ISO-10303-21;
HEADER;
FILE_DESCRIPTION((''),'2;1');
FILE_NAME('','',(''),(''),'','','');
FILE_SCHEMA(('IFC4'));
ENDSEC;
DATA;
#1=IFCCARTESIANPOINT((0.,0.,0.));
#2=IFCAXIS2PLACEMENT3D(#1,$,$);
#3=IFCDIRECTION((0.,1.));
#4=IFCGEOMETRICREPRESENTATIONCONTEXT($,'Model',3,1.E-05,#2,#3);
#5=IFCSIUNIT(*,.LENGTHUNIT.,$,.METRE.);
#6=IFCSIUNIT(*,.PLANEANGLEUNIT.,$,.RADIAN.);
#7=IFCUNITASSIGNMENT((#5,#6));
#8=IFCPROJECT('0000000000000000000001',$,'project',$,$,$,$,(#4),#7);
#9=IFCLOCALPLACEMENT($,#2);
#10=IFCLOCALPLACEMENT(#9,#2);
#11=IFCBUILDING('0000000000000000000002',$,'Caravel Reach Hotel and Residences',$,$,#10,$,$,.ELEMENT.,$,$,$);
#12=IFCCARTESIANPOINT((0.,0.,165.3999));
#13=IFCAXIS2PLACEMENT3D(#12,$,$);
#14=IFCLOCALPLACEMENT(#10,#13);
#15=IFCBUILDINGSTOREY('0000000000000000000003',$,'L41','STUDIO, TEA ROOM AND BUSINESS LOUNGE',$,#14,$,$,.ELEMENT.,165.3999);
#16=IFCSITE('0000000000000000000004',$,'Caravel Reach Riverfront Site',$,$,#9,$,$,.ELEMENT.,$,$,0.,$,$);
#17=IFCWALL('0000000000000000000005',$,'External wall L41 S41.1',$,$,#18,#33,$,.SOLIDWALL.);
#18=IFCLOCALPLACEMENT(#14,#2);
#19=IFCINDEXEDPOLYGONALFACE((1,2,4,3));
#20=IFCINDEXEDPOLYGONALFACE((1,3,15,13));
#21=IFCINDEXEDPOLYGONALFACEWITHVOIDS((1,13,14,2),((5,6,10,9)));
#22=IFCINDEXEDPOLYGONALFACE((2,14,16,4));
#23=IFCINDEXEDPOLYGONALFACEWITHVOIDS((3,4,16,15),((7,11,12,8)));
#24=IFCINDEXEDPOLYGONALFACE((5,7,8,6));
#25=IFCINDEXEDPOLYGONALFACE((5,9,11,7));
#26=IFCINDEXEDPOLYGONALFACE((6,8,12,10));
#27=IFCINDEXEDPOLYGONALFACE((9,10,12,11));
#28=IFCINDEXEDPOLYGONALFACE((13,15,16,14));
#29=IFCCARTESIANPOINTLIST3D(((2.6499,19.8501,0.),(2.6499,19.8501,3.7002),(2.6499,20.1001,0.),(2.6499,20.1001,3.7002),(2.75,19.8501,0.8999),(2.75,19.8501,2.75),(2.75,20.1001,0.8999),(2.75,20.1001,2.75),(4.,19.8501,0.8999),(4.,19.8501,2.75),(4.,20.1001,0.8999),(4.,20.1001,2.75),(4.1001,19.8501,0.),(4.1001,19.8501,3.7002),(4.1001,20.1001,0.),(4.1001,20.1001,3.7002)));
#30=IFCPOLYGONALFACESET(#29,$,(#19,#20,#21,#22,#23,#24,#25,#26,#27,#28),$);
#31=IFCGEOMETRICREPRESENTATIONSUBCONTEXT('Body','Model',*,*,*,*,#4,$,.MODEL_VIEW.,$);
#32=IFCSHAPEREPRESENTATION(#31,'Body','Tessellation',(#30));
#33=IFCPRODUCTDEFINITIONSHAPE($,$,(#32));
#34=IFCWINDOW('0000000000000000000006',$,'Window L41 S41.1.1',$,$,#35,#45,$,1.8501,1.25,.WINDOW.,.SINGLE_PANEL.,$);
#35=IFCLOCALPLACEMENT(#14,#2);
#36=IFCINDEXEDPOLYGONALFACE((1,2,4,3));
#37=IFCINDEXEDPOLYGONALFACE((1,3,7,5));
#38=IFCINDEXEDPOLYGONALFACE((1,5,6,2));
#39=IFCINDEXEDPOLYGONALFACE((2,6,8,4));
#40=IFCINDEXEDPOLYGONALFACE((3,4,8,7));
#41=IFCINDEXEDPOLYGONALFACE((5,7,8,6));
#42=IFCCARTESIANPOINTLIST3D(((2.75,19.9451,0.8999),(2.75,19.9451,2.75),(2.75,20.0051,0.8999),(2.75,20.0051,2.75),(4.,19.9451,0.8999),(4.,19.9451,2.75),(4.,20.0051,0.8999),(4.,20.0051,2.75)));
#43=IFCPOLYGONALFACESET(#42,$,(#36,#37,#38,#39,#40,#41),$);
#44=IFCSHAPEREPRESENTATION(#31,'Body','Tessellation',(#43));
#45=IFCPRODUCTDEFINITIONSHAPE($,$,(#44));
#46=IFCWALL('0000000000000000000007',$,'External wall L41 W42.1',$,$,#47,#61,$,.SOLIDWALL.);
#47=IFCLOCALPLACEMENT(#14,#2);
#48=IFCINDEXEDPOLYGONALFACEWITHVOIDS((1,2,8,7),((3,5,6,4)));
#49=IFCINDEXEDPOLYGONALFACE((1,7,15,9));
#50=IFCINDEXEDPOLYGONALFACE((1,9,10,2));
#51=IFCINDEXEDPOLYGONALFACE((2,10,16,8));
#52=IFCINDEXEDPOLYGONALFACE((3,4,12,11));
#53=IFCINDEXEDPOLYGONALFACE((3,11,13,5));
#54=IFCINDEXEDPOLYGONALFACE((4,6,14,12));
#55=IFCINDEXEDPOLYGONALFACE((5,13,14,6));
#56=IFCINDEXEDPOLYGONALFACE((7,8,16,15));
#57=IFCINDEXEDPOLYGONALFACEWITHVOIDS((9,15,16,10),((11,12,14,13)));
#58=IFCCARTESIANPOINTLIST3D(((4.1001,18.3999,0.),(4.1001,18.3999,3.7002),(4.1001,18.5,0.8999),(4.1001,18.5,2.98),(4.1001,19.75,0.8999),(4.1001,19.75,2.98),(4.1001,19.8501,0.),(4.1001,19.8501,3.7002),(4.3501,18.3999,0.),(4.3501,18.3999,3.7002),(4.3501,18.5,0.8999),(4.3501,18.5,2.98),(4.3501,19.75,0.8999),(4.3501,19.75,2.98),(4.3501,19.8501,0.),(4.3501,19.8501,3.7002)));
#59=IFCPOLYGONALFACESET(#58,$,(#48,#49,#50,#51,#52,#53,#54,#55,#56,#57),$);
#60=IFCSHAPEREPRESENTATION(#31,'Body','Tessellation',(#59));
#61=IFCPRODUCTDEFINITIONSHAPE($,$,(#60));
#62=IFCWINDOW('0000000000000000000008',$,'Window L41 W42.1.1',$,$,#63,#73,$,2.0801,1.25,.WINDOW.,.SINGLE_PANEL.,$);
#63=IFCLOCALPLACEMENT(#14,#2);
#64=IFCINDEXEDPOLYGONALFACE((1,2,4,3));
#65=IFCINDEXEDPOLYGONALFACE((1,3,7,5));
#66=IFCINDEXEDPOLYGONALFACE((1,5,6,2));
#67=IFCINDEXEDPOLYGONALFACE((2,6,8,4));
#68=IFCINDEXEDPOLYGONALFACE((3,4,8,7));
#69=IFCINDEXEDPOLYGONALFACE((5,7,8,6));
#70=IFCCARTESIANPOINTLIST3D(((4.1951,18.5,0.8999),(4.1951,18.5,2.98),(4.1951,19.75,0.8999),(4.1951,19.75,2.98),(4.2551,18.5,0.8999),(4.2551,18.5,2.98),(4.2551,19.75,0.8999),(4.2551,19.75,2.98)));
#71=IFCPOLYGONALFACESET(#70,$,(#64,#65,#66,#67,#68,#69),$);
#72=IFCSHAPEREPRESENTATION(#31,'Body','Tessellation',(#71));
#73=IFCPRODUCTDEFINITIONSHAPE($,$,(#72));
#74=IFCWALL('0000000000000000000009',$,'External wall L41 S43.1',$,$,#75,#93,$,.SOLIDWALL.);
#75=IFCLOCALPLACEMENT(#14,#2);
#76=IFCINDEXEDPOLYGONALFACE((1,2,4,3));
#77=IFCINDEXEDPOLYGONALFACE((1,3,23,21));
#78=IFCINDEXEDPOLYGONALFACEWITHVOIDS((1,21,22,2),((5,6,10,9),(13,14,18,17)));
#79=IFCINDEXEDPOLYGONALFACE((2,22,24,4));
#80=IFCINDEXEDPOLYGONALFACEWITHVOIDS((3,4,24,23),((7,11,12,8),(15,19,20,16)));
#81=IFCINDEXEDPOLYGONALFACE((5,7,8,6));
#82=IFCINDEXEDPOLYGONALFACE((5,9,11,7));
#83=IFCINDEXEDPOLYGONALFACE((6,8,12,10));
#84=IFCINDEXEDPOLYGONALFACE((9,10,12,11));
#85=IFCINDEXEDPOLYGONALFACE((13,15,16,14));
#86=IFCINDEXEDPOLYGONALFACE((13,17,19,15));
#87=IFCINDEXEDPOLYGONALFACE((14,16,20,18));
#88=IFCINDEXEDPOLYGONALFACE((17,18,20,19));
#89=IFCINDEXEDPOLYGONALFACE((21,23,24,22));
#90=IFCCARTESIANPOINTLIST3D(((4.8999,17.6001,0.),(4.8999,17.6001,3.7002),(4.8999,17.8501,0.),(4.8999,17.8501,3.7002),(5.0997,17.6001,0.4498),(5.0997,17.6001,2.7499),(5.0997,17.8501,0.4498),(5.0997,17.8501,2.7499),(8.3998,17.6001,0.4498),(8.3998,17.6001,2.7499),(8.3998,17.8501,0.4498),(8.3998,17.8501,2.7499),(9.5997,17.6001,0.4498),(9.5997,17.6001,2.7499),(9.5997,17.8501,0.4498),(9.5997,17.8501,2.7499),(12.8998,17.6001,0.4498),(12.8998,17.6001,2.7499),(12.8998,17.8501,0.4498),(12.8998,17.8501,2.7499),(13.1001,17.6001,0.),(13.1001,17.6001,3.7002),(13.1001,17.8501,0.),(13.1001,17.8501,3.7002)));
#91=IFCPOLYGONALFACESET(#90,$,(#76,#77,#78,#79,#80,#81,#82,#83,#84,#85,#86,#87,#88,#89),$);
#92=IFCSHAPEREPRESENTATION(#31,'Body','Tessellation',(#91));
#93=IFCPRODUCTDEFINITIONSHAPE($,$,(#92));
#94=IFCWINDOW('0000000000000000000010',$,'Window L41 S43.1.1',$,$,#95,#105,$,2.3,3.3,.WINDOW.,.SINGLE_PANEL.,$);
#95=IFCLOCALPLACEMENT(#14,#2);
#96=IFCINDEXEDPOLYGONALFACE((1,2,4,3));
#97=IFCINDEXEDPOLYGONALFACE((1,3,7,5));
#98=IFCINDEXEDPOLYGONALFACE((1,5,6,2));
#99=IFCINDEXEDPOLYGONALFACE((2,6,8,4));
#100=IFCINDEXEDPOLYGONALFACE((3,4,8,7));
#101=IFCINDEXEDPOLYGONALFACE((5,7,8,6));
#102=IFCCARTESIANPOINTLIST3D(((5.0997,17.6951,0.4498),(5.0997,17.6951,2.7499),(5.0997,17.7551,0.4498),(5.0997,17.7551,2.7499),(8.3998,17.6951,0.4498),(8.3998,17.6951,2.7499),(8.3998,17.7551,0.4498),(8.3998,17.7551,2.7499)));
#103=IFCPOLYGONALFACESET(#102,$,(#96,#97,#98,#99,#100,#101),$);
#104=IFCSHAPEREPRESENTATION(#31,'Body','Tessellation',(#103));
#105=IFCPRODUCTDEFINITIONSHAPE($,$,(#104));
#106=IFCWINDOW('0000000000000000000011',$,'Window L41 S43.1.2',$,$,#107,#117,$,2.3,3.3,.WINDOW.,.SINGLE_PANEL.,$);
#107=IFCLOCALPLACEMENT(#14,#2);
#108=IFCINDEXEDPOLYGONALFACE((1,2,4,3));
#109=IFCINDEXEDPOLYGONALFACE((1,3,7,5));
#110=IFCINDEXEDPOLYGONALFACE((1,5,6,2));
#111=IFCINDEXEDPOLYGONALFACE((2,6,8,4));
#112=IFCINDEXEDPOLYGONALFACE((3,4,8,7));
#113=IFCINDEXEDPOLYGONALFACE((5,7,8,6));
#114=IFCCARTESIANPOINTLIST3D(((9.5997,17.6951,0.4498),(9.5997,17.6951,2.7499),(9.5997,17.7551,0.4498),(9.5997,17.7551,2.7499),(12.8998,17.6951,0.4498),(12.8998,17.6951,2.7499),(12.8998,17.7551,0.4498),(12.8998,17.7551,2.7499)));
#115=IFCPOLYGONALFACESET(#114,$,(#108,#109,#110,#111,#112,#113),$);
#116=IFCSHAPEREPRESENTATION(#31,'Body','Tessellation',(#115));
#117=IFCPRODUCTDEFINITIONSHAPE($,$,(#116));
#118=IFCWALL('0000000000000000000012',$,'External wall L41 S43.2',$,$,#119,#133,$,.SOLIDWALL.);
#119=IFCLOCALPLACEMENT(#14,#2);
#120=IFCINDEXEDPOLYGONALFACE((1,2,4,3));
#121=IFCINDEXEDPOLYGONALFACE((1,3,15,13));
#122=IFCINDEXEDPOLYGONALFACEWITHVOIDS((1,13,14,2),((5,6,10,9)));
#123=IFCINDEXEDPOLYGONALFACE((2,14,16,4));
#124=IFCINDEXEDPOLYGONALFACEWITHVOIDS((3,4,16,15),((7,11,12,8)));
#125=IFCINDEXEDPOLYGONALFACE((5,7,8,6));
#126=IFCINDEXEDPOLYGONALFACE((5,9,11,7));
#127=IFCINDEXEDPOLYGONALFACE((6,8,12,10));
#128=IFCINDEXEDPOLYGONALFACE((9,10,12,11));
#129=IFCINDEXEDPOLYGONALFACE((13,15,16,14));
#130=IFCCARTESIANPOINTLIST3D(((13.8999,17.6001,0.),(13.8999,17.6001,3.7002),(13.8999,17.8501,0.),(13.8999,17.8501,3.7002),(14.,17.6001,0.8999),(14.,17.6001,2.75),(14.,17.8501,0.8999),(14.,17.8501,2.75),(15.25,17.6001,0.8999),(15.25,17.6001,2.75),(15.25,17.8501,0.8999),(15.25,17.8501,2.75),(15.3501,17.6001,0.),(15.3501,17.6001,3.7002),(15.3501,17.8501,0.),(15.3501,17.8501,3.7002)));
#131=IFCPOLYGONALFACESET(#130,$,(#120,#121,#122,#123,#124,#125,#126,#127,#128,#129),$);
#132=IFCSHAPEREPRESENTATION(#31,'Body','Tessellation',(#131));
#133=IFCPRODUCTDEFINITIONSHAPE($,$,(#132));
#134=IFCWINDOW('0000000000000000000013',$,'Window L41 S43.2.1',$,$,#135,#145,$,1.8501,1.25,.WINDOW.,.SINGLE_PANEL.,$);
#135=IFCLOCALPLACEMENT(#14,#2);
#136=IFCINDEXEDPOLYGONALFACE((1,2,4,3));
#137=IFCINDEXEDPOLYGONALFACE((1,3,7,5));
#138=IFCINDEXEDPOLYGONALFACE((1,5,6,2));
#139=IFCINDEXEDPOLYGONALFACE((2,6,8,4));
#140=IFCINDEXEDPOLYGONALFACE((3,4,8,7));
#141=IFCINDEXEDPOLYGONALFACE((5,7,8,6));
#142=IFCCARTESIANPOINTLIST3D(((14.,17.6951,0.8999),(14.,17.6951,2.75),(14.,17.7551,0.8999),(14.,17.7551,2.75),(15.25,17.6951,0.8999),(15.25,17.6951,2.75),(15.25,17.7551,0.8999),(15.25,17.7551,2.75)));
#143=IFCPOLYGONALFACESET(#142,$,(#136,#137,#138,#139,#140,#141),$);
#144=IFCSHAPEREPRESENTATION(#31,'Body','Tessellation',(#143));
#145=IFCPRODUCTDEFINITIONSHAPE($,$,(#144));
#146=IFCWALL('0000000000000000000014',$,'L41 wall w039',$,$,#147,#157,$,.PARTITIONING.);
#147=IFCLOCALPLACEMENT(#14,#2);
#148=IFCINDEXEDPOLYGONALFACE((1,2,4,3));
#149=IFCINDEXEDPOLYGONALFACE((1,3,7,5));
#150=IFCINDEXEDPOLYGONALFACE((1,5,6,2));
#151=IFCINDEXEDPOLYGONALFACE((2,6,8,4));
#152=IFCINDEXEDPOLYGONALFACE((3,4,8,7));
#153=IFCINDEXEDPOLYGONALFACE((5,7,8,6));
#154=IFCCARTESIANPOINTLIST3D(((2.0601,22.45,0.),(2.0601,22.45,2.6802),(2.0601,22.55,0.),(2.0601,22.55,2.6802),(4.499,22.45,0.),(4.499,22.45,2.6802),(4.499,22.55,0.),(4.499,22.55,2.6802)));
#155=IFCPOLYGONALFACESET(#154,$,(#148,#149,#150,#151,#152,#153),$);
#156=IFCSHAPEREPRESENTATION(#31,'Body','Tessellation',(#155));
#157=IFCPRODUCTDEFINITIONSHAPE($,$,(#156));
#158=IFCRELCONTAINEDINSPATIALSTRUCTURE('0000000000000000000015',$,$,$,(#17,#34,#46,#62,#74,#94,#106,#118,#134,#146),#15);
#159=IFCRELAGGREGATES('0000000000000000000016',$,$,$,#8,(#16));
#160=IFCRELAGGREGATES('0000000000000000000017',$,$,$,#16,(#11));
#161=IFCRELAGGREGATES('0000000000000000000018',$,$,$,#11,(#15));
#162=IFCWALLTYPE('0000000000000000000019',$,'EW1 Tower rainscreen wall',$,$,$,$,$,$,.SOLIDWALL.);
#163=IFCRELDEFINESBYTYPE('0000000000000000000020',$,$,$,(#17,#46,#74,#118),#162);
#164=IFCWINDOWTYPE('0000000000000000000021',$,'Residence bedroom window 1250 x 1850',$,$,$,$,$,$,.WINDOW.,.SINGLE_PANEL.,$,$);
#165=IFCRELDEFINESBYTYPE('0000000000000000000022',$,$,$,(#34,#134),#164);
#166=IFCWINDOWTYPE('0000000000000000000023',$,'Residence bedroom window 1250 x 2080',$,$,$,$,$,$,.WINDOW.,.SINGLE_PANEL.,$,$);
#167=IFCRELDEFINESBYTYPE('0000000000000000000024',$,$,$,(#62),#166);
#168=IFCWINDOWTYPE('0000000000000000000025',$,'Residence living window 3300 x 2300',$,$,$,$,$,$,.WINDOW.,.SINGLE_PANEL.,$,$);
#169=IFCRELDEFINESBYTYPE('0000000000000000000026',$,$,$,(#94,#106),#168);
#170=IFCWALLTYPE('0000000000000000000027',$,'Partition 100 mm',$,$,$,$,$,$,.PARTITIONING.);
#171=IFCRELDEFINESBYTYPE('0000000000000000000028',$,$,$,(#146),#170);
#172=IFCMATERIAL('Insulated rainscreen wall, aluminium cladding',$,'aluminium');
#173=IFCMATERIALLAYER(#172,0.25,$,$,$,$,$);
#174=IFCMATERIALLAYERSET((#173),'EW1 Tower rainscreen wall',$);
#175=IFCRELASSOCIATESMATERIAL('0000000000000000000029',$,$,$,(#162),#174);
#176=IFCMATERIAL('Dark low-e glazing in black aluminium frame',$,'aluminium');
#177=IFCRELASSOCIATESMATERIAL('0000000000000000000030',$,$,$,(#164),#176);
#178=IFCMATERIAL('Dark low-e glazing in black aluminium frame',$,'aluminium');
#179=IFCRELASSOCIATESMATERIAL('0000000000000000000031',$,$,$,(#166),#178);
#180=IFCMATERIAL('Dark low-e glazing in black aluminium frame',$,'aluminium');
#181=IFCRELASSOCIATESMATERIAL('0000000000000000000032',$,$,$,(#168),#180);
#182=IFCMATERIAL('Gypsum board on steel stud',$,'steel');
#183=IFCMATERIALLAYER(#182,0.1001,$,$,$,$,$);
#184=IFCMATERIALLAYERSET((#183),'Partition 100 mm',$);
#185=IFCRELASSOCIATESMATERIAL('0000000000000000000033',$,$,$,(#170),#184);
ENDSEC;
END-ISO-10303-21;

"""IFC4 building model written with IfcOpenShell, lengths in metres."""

from ifc_helpers import new_model, si_unit, direction, frame, frame_2d, origin, place, context, subcontext, project, spatial, rectangle, extrude, material, layer, layer_set, type_object, element, fill, save


model = new_model("IFC4")

# Units and contexts
model_context = context("Model", 3, precision=1e-05, world=origin(), true_north=direction((0.0, 1.0)))
body_context = subcontext(model_context, "Body", "Model", "MODEL_VIEW")
ifc_project = project(units=[si_unit("LENGTHUNIT", "METRE"), si_unit("PLANEANGLEUNIT", "RADIAN")], contexts=[model_context])

# Site, building, storey
site_placement = place(None, origin())
site = spatial("IfcSite", under=ifc_project, at=site_placement, Name="Caravel Reach Riverfront Site", CompositionType="ELEMENT", RefElevation=0.0)
building_placement = place(site_placement, origin())
building = spatial("IfcBuilding", under=site, at=building_placement, Name="Caravel Reach Hotel and Residences", CompositionType="ELEMENT")
storey_placement = place(building_placement, frame((0.0, 0.0, 165.3999)))
storey = spatial("IfcBuildingStorey", under=building, at=storey_placement, Name="L41", Description="STUDIO, TEA ROOM AND BUSINESS LOUNGE", CompositionType="ELEMENT", Elevation=165.3999)

# Walls, openings, windows
ifc_material_1 = material(Name="Insulated rainscreen wall, aluminium cladding", Category="aluminium")
ifc_layer_1 = layer(ifc_material_1, 0.25)
ifc_layer_set_1 = layer_set([ifc_layer_1], Name="EW1 Tower rainscreen wall")
wall_type_1 = type_object("IfcWallType", Name="EW1 Tower rainscreen wall", PredefinedType="SOLIDWALL", material=ifc_layer_set_1)
ifc_material_2 = material(Name="Dark low-e glazing in black aluminium frame", Category="aluminium")
window_type_1 = type_object("IfcWindowType", Name="Residence bedroom window 1250 x 1850", PartitioningType="SINGLE_PANEL", PredefinedType="WINDOW", material=ifc_material_2)
wall_1_placement = place(storey_placement, frame((2.6499, 19.9751, 0.0), z_axis=(0.0, 0.0, 1.0), x_axis=(1.0, 0.0, 0.0)))
wall_1 = element("IfcWall", 1, at=wall_1_placement, inside=storey, type_object=wall_type_1, Name="External wall L41 S41.1", PredefinedType="SOLIDWALL", context=body_context, shape_type="SweptSolid", body=[
    extrude(rectangle(XDim=1.4502, YDim=0.25, at=frame_2d((0.7251, 0.0))), origin(), (0.0, 0.0, 1.0), 3.7002),
])
opening_1_placement = place(wall_1_placement, frame((0.1001, 0.0, 0.8999)))
opening_1 = element("IfcOpeningElement", 2, at=opening_1_placement, cuts=wall_1, PredefinedType="OPENING", context=body_context, shape_type="SweptSolid", body=[
    extrude(rectangle(XDim=1.25, YDim=1.8501, at=frame_2d((0.625, 0.925))), frame((0.0, 0.135, 0.0), z_axis=(0.0, -1.0, 0.0), x_axis=(1.0, 0.0, 0.0)), (0.0, 0.0, 1.0), 0.27),
])
window_1_placement = place(opening_1_placement, origin())
window_1 = element("IfcWindow", 3, at=window_1_placement, inside=storey, type_object=window_type_1, Name="Window L41 S41.1.1", OverallHeight=1.8501, OverallWidth=1.25, PartitioningType="SINGLE_PANEL", PredefinedType="WINDOW", context=body_context, shape_type="SweptSolid", body=[
    extrude(rectangle(XDim=1.25, YDim=1.8501, at=frame_2d((0.625, 0.925))), frame((0.0, 0.03, 0.0), z_axis=(0.0, -1.0, 0.0), x_axis=(1.0, 0.0, 0.0)), (0.0, 0.0, 1.0), 0.0601),
])
fill(opening_1, window_1)
wall_2_placement = place(storey_placement, frame((4.2251, 19.8501, 0.0), z_axis=(0.0, 0.0, 1.0), x_axis=(0.0, -1.0, 0.0)))
wall_2 = element("IfcWall", 4, at=wall_2_placement, inside=storey, type_object=wall_type_1, Name="External wall L41 W42.1", PredefinedType="SOLIDWALL", context=body_context, shape_type="SweptSolid", body=[
    extrude(rectangle(XDim=1.4502, YDim=0.25, at=frame_2d((0.7251, 0.0))), origin(), (0.0, 0.0, 1.0), 3.7002),
])
opening_2_placement = place(wall_2_placement, frame((0.1001, 0.0, 0.8999)))
opening_2 = element("IfcOpeningElement", 5, at=opening_2_placement, cuts=wall_2, PredefinedType="OPENING", context=body_context, shape_type="SweptSolid", body=[
    extrude(rectangle(XDim=1.25, YDim=2.0801, at=frame_2d((0.625, 1.04))), frame((0.0, 0.135, 0.0), z_axis=(0.0, -1.0, 0.0), x_axis=(1.0, 0.0, 0.0)), (0.0, 0.0, 1.0), 0.27),
])
ifc_material_3 = material(Name="Dark low-e glazing in black aluminium frame", Category="aluminium")
window_type_2 = type_object("IfcWindowType", Name="Residence bedroom window 1250 x 2080", PartitioningType="SINGLE_PANEL", PredefinedType="WINDOW", material=ifc_material_3)
window_2_placement = place(opening_2_placement, origin())
window_2 = element("IfcWindow", 6, at=window_2_placement, inside=storey, type_object=window_type_2, Name="Window L41 W42.1.1", OverallHeight=2.0801, OverallWidth=1.25, PartitioningType="SINGLE_PANEL", PredefinedType="WINDOW", context=body_context, shape_type="SweptSolid", body=[
    extrude(rectangle(XDim=1.25, YDim=2.0801, at=frame_2d((0.625, 1.04))), frame((0.0, 0.03, 0.0), z_axis=(0.0, -1.0, 0.0), x_axis=(1.0, 0.0, 0.0)), (0.0, 0.0, 1.0), 0.0601),
])
fill(opening_2, window_2)

# Wall, openings, windows
wall_3_placement = place(storey_placement, frame((4.8999, 17.7251, 0.0), z_axis=(0.0, 0.0, 1.0), x_axis=(1.0, 0.0, 0.0)))
wall_3 = element("IfcWall", 7, at=wall_3_placement, inside=storey, type_object=wall_type_1, Name="External wall L41 S43.1", PredefinedType="SOLIDWALL", context=body_context, shape_type="SweptSolid", body=[
    extrude(rectangle(XDim=8.2002, YDim=0.25, at=frame_2d((4.1001, 0.0))), origin(), (0.0, 0.0, 1.0), 3.7002),
])
opening_3_placement = place(wall_3_placement, frame((0.2, 0.0, 0.45)))
opening_3 = element("IfcOpeningElement", 8, at=opening_3_placement, cuts=wall_3, PredefinedType="OPENING", context=body_context, shape_type="SweptSolid", body=[
    extrude(rectangle(XDim=3.3, YDim=2.3, at=frame_2d((1.6499, 1.1499))), frame((0.0, 0.135, 0.0), z_axis=(0.0, -1.0, 0.0), x_axis=(1.0, 0.0, 0.0)), (0.0, 0.0, 1.0), 0.27),
])
opening_4_placement = place(wall_3_placement, frame((4.7, 0.0, 0.45)))
opening_4 = element("IfcOpeningElement", 9, at=opening_4_placement, cuts=wall_3, PredefinedType="OPENING", context=body_context, shape_type="SweptSolid", body=[
    extrude(rectangle(XDim=3.3, YDim=2.3, at=frame_2d((1.6499, 1.1499))), frame((0.0, 0.135, 0.0), z_axis=(0.0, -1.0, 0.0), x_axis=(1.0, 0.0, 0.0)), (0.0, 0.0, 1.0), 0.27),
])
ifc_material_4 = material(Name="Dark low-e glazing in black aluminium frame", Category="aluminium")
window_type_3 = type_object("IfcWindowType", Name="Residence living window 3300 x 2300", PartitioningType="SINGLE_PANEL", PredefinedType="WINDOW", material=ifc_material_4)
window_3_placement = place(opening_3_placement, origin())
window_3 = element("IfcWindow", 10, at=window_3_placement, inside=storey, type_object=window_type_3, Name="Window L41 S43.1.1", OverallHeight=2.3, OverallWidth=3.3, PartitioningType="SINGLE_PANEL", PredefinedType="WINDOW", context=body_context, shape_type="SweptSolid", body=[
    extrude(rectangle(XDim=3.3, YDim=2.3, at=frame_2d((1.6499, 1.1499))), frame((0.0, 0.03, 0.0), z_axis=(0.0, -1.0, 0.0), x_axis=(1.0, 0.0, 0.0)), (0.0, 0.0, 1.0), 0.0601),
])
fill(opening_3, window_3)
window_4_placement = place(opening_4_placement, origin())
window_4 = element("IfcWindow", 11, at=window_4_placement, inside=storey, type_object=window_type_3, Name="Window L41 S43.1.2", OverallHeight=2.3, OverallWidth=3.3, PartitioningType="SINGLE_PANEL", PredefinedType="WINDOW", context=body_context, shape_type="SweptSolid", body=[
    extrude(rectangle(XDim=3.3, YDim=2.3, at=frame_2d((1.6499, 1.1499))), frame((0.0, 0.03, 0.0), z_axis=(0.0, -1.0, 0.0), x_axis=(1.0, 0.0, 0.0)), (0.0, 0.0, 1.0), 0.0601),
])
fill(opening_4, window_4)

# Wall, opening, window
wall_4_placement = place(storey_placement, frame((13.8999, 17.7251, 0.0), z_axis=(0.0, 0.0, 1.0), x_axis=(1.0, 0.0, 0.0)))
wall_4 = element("IfcWall", 12, at=wall_4_placement, inside=storey, type_object=wall_type_1, Name="External wall L41 S43.2", PredefinedType="SOLIDWALL", context=body_context, shape_type="SweptSolid", body=[
    extrude(rectangle(XDim=1.4502, YDim=0.25, at=frame_2d((0.7251, 0.0))), origin(), (0.0, 0.0, 1.0), 3.7002),
])
opening_5_placement = place(wall_4_placement, frame((0.1001, 0.0, 0.8999)))
opening_5 = element("IfcOpeningElement", 13, at=opening_5_placement, cuts=wall_4, PredefinedType="OPENING", context=body_context, shape_type="SweptSolid", body=[
    extrude(rectangle(XDim=1.25, YDim=1.8501, at=frame_2d((0.625, 0.925))), frame((0.0, 0.135, 0.0), z_axis=(0.0, -1.0, 0.0), x_axis=(1.0, 0.0, 0.0)), (0.0, 0.0, 1.0), 0.27),
])
window_5_placement = place(opening_5_placement, origin())
window_5 = element("IfcWindow", 14, at=window_5_placement, inside=storey, type_object=window_type_1, Name="Window L41 S43.2.1", OverallHeight=1.8501, OverallWidth=1.25, PartitioningType="SINGLE_PANEL", PredefinedType="WINDOW", context=body_context, shape_type="SweptSolid", body=[
    extrude(rectangle(XDim=1.25, YDim=1.8501, at=frame_2d((0.625, 0.925))), frame((0.0, 0.03, 0.0), z_axis=(0.0, -1.0, 0.0), x_axis=(1.0, 0.0, 0.0)), (0.0, 0.0, 1.0), 0.0601),
])
fill(opening_5, window_5)

# Wall
ifc_material_5 = material(Name="Gypsum board on steel stud", Category="steel")
ifc_layer_2 = layer(ifc_material_5, 0.1001)
ifc_layer_set_2 = layer_set([ifc_layer_2], Name="Partition 100 mm")
wall_type_2 = type_object("IfcWallType", Name="Partition 100 mm", PredefinedType="PARTITIONING", material=ifc_layer_set_2)
wall_5_placement = place(storey_placement, frame((2.0601, 22.5, 0.0), z_axis=(0.0, 0.0, 1.0), x_axis=(1.0, 0.0, 0.0)))
element("IfcWall", 15, at=wall_5_placement, inside=storey, type_object=wall_type_2, Name="L41 wall w039", PredefinedType="PARTITIONING", context=body_context, shape_type="SweptSolid", body=[
    extrude(rectangle(XDim=2.439, YDim=0.1001, at=frame_2d((1.2195, 0.0))), origin(), (0.0, 0.0, 1.0), 2.6802),
])

save(model, "model.ifc")
